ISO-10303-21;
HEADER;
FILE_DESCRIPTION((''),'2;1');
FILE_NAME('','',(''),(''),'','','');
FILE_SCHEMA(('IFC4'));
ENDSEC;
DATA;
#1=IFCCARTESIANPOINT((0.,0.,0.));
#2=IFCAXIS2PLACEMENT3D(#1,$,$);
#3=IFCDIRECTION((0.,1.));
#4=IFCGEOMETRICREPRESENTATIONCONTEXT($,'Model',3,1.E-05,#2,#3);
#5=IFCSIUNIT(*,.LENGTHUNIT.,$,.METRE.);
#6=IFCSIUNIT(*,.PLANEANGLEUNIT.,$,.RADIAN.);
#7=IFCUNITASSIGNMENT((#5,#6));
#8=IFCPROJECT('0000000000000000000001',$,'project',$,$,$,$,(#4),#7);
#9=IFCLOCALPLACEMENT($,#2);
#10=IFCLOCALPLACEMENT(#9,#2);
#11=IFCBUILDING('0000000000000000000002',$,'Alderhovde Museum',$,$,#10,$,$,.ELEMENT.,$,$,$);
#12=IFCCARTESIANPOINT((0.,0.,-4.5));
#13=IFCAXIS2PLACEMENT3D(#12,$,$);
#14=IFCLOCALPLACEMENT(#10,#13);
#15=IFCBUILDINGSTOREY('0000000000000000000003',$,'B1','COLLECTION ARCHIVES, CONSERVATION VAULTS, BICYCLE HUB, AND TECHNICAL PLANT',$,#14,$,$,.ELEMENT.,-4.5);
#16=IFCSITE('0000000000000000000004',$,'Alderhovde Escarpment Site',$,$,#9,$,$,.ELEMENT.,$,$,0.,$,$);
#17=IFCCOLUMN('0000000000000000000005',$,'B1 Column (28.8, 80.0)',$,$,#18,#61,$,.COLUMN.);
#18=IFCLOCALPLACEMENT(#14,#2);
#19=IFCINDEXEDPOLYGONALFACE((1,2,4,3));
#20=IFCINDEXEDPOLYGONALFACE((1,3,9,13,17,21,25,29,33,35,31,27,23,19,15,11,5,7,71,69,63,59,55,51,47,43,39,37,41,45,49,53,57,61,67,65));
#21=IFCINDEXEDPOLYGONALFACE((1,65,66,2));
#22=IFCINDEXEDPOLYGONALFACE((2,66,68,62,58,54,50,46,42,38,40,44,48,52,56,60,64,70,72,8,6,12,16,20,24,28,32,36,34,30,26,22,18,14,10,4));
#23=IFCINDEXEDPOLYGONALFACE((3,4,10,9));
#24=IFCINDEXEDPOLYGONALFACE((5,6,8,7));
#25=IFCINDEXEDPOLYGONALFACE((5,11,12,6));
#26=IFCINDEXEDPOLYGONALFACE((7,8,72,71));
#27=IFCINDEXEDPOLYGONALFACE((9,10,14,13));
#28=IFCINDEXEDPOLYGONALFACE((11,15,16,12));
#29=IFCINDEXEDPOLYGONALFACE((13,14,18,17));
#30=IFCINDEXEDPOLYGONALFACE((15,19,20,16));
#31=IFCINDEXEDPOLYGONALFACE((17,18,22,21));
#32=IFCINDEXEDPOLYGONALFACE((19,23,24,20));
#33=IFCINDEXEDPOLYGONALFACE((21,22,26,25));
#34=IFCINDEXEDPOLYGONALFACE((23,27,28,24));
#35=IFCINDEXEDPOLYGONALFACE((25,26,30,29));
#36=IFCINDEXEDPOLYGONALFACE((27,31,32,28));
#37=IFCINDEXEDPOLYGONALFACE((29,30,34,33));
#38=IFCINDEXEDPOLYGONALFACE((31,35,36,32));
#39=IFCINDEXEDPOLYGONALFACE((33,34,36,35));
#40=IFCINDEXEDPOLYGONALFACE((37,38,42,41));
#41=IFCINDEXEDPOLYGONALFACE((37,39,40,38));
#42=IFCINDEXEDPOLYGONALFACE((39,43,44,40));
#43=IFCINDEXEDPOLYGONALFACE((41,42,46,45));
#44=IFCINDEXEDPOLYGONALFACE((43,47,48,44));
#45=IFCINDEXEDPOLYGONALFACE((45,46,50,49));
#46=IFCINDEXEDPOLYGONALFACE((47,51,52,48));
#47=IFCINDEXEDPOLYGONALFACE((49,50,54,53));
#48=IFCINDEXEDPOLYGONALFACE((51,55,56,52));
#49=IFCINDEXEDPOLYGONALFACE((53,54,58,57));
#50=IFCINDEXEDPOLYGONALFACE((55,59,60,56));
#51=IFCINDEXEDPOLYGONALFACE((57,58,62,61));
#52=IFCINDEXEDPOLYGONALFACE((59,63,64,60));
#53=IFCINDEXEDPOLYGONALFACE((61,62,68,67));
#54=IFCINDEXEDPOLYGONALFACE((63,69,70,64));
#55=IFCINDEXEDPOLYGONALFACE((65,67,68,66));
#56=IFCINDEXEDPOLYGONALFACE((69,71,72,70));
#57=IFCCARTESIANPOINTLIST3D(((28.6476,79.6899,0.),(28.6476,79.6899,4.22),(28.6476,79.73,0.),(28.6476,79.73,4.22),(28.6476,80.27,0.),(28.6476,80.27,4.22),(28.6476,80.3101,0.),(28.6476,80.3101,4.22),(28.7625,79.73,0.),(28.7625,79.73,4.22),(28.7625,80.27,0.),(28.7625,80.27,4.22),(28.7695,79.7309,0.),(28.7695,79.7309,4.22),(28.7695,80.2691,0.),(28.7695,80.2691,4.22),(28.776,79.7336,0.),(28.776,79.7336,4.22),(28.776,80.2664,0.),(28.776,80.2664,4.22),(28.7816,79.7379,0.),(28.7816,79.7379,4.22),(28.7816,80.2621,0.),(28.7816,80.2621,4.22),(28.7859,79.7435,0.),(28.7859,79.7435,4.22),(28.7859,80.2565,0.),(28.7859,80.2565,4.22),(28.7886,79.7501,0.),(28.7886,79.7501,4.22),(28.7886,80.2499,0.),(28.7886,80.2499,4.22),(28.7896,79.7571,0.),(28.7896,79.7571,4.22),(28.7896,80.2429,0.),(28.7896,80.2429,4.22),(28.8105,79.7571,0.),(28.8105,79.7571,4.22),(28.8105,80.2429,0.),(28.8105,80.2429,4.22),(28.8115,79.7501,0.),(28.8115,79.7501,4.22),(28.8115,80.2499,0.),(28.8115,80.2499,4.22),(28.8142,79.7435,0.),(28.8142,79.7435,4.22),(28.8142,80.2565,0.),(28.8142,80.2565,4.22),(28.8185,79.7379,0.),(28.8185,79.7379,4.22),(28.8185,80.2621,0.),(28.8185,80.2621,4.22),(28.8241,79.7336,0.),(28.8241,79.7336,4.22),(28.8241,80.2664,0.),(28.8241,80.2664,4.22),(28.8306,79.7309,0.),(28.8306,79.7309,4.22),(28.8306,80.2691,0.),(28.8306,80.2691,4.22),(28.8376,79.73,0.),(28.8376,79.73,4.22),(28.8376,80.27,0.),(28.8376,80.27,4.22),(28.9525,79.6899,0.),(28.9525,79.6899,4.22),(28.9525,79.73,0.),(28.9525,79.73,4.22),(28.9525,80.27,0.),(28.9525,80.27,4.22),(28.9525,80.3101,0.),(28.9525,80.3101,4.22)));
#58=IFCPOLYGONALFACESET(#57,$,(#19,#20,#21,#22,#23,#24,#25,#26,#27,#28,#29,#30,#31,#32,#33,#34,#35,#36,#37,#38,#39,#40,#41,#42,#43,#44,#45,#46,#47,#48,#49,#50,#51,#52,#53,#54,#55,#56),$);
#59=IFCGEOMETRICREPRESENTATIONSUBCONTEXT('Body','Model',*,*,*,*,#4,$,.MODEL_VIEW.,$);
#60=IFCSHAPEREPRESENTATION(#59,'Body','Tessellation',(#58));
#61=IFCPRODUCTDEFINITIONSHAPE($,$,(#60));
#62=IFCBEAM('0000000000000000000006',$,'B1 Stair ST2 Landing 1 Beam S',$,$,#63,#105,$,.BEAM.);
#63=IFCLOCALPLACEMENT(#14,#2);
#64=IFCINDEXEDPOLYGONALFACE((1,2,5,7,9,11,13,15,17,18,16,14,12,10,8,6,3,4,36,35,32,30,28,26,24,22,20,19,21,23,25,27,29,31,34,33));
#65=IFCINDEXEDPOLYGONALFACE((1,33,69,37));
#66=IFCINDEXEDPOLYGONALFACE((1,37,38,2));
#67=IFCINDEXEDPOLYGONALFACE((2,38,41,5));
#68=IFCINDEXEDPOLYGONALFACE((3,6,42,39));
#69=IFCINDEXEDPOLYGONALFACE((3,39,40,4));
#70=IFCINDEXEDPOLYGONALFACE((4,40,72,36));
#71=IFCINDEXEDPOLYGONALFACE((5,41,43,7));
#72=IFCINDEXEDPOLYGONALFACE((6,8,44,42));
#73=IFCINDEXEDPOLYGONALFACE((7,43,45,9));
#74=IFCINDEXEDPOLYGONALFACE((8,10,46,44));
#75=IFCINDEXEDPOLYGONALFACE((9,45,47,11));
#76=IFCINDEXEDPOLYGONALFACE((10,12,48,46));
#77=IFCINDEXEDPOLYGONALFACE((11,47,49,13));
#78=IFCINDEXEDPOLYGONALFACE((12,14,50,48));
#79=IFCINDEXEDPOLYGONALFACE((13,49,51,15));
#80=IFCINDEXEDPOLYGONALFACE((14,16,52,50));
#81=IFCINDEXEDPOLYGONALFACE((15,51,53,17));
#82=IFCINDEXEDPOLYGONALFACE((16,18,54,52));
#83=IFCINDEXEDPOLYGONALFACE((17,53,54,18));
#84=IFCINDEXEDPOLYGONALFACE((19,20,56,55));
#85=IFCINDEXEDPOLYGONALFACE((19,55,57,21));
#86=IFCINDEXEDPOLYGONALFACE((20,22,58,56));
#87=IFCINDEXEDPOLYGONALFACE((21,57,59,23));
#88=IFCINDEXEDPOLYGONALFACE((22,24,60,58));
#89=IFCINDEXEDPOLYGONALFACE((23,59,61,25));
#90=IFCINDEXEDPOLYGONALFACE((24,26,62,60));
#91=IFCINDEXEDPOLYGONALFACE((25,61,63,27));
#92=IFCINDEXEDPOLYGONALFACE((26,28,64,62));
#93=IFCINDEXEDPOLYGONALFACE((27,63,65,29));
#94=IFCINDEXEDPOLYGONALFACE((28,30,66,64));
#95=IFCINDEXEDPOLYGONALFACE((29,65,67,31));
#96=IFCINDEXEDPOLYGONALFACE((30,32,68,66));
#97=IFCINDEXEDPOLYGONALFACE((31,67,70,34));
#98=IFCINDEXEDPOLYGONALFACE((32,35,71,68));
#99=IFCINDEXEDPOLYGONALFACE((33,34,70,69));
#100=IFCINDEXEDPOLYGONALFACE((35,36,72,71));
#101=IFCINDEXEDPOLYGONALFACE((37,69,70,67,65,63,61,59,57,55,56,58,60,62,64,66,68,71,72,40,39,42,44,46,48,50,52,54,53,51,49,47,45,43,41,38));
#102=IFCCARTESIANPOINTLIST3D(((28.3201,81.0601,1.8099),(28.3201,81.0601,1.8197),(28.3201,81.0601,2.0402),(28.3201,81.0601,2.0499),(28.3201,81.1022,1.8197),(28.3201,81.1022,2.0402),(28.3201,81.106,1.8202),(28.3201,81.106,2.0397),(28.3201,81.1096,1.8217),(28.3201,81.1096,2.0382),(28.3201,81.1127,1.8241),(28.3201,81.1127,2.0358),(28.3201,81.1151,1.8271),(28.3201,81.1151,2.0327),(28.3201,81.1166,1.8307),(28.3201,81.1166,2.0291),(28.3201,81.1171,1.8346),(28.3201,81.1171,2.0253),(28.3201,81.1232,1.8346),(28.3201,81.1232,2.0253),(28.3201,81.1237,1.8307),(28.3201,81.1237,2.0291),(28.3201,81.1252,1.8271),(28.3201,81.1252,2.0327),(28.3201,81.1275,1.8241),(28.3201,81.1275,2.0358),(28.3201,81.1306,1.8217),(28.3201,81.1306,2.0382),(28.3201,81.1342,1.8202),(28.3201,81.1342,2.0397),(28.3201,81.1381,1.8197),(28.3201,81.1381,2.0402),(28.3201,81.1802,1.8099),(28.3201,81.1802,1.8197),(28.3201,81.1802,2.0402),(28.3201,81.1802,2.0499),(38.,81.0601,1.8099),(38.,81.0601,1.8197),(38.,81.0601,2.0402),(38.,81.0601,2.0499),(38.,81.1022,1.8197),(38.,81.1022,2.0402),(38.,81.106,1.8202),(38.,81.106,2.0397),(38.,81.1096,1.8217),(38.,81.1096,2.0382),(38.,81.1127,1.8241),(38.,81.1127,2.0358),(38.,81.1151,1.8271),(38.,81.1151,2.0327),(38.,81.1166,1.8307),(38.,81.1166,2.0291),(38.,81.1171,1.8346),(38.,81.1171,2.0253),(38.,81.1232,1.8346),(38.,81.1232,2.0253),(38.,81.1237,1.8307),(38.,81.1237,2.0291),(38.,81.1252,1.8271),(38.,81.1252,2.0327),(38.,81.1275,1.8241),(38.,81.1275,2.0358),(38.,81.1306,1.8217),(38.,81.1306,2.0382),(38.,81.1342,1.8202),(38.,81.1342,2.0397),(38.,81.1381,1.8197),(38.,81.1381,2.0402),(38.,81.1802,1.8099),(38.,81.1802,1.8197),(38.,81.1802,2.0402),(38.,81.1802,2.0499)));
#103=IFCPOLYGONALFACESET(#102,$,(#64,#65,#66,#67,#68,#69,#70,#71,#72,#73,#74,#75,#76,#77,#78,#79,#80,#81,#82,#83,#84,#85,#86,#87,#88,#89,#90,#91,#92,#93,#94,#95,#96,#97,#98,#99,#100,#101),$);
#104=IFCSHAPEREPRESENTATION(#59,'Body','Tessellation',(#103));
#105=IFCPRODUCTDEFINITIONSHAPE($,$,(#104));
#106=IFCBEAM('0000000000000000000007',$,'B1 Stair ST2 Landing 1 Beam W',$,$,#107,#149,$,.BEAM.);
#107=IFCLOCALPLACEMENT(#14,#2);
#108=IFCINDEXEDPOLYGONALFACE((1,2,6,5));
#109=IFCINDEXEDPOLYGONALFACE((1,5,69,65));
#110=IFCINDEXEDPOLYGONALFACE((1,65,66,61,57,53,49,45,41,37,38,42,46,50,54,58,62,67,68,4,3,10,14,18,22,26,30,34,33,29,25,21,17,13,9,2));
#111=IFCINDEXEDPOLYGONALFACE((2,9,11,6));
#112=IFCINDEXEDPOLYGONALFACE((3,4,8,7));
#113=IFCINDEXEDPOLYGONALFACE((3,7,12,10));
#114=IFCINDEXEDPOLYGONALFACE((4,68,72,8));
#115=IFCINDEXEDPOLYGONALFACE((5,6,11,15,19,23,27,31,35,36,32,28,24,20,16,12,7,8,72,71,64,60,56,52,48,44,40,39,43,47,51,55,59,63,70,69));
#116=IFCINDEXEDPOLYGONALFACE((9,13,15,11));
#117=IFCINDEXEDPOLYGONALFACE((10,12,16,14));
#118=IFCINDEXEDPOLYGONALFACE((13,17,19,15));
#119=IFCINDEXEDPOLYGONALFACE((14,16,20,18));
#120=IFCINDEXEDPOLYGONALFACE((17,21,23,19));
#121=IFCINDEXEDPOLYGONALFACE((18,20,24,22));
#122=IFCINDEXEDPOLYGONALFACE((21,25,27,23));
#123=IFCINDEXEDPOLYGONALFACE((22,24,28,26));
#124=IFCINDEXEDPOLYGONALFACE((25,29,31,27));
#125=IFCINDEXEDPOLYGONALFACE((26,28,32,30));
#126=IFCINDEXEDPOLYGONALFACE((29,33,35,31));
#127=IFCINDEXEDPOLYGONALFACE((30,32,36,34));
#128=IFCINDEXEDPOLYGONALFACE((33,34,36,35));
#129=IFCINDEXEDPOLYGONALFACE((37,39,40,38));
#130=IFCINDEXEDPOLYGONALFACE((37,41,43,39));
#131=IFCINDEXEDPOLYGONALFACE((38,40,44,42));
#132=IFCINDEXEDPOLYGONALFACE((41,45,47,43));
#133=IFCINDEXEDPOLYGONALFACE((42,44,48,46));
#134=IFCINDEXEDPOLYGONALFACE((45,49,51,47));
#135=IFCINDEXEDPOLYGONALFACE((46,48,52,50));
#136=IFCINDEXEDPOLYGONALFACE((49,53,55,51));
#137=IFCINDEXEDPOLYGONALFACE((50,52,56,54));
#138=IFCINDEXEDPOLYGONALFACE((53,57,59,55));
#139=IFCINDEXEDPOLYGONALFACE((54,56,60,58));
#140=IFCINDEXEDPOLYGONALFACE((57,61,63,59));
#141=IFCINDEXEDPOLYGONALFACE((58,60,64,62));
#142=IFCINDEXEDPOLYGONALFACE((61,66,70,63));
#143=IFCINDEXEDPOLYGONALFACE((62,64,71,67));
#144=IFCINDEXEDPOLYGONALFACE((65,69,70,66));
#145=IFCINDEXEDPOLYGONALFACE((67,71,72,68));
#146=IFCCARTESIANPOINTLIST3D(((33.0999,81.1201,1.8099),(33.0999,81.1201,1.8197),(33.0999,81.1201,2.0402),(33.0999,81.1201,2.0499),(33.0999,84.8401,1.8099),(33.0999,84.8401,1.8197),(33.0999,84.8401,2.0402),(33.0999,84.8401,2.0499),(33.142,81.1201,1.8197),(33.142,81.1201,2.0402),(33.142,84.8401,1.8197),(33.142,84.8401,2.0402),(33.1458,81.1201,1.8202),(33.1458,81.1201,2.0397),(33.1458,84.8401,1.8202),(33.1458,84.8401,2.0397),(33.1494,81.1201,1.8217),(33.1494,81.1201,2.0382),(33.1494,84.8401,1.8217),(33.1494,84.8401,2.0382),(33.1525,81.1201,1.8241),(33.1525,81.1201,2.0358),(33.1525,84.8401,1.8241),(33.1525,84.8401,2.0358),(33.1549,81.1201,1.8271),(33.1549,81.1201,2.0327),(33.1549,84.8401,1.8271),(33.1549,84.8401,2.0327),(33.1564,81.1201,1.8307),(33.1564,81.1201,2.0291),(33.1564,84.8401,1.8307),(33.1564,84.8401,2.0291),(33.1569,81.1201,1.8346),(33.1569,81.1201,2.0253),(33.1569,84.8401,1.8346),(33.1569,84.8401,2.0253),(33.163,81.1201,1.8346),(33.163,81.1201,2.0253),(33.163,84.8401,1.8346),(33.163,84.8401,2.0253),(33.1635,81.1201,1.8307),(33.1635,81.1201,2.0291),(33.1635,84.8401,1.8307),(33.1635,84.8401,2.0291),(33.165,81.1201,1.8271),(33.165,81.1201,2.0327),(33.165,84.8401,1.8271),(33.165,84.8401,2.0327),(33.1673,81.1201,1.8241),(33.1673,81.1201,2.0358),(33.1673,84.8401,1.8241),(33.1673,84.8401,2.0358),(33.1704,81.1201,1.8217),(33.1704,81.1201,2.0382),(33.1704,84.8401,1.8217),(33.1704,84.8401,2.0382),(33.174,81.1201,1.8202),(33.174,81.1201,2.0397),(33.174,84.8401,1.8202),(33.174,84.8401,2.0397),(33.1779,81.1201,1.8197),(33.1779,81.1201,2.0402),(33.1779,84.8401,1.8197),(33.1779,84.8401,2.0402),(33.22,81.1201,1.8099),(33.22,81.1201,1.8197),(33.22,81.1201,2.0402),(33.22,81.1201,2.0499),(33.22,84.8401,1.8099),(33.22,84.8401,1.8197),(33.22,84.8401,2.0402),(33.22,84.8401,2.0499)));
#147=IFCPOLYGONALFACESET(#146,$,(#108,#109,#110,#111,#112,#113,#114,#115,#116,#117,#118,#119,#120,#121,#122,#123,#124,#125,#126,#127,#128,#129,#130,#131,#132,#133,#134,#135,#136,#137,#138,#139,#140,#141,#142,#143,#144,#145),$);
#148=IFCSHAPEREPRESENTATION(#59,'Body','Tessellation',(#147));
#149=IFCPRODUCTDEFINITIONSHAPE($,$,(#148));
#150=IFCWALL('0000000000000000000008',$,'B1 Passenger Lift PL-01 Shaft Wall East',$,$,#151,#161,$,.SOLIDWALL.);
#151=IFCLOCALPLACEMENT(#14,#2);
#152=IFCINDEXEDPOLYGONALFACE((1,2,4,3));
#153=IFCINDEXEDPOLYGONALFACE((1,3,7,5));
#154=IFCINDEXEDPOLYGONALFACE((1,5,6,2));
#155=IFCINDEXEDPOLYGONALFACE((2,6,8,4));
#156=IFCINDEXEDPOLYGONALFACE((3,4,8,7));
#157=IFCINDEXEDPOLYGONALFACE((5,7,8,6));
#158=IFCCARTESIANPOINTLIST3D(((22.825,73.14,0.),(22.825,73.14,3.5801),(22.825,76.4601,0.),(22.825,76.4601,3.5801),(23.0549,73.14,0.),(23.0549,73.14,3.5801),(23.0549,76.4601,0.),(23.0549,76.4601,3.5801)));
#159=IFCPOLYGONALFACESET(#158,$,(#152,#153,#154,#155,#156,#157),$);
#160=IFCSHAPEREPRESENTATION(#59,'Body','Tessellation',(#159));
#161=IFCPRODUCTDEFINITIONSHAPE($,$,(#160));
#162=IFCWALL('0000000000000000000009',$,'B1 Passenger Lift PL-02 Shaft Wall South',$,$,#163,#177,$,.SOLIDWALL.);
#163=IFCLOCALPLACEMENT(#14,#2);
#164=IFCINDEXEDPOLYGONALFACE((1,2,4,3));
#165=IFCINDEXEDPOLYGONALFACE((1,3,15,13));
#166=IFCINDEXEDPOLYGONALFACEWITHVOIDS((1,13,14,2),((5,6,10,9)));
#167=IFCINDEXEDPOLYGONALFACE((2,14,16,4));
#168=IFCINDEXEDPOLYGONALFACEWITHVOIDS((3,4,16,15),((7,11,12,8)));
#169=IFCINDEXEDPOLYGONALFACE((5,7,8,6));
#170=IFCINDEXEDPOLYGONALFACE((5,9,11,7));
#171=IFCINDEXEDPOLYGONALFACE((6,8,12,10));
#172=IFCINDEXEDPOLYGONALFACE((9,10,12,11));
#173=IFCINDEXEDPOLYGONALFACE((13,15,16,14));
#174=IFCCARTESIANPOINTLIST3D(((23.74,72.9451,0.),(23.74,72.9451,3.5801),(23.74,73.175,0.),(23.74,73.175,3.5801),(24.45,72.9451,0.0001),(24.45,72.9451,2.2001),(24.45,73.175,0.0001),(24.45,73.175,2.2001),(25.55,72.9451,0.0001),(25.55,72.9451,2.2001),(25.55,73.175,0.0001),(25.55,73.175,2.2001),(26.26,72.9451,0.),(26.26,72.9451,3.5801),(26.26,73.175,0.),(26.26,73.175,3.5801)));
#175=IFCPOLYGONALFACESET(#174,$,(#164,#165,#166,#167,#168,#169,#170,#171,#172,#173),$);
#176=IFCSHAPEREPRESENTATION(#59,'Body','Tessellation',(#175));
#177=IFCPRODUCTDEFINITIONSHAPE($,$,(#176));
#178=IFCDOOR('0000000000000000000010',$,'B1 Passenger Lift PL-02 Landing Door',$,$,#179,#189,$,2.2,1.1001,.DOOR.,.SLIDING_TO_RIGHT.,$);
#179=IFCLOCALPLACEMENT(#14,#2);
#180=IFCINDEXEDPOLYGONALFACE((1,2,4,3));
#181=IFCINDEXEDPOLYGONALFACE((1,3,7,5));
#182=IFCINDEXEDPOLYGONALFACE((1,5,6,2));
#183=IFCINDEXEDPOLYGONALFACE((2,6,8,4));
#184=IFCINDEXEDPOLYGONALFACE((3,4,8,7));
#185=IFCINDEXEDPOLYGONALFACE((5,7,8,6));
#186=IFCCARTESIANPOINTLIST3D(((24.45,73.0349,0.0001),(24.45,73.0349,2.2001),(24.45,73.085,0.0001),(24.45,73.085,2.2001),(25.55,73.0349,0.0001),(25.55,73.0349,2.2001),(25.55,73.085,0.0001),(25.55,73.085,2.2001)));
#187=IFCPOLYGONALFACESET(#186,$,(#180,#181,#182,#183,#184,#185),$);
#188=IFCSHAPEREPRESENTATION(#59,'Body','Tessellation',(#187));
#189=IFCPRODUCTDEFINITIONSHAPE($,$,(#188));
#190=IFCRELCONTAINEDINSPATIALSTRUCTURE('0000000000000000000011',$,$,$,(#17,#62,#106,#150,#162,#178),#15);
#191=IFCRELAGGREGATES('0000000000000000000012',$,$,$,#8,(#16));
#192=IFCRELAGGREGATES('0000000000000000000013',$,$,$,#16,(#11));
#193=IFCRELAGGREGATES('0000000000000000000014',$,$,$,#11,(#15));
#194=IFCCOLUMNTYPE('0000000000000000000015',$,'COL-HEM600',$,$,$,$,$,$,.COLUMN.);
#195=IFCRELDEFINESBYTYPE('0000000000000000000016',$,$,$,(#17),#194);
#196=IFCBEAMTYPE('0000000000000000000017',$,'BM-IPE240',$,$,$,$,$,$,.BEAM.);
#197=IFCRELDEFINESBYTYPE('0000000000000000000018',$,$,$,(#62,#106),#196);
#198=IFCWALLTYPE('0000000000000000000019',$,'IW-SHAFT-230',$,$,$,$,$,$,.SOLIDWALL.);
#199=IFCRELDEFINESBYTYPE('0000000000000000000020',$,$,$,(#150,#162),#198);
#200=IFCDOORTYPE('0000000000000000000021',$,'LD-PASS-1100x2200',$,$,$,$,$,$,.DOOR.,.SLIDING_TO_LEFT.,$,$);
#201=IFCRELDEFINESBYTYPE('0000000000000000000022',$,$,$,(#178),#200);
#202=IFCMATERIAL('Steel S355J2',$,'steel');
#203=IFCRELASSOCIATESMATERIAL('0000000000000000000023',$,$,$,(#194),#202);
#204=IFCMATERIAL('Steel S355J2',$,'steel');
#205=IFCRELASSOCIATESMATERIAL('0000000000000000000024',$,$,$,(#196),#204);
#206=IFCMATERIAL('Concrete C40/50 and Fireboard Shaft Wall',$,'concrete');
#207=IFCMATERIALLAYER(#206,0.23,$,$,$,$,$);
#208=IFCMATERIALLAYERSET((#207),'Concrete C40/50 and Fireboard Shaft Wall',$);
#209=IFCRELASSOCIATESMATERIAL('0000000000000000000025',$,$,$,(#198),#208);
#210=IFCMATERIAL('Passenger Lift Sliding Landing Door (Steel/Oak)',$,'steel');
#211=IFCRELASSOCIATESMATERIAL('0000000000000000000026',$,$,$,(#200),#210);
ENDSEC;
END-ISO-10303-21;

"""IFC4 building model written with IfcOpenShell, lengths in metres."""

from ifc_helpers import new_model, si_unit, direction, frame, frame_2d, origin, origin_2d, place, context, subcontext, project, spatial, rectangle, i_section, extrude, material, layer, layer_set, material_profile, profile_set, type_object, element, fill, save


model = new_model("IFC4")

# Units and contexts
model_context = context("Model", 3, precision=1e-05, world=origin(), true_north=direction((0.0, 1.0)))
body_context = subcontext(model_context, "Body", "Model", "MODEL_VIEW")
ifc_project = project(units=[si_unit("LENGTHUNIT", "METRE"), si_unit("PLANEANGLEUNIT", "RADIAN")], contexts=[model_context])

# Site, building, storey
site_placement = place(None, origin())
site = spatial("IfcSite", under=ifc_project, at=site_placement, Name="Alderhovde Escarpment Site", CompositionType="ELEMENT", RefElevation=0.0)
building_placement = place(site_placement, origin())
building = spatial("IfcBuilding", under=site, at=building_placement, Name="Alderhovde Museum", CompositionType="ELEMENT")
storey_placement = place(building_placement, frame((0.0, 0.0, -4.5)))
storey = spatial("IfcBuildingStorey", under=building, at=storey_placement, Name="B1", Description="COLLECTION ARCHIVES, CONSERVATION VAULTS, BICYCLE HUB, AND TECHNICAL PLANT", CompositionType="ELEMENT", Elevation=-4.5)

# Column
ifc_material_1 = material(Name="Steel S355J2", Category="steel")
ifc_material_profile_1 = material_profile(ifc_material_1, i_section(OverallWidth=0.3049, OverallDepth=0.6201, WebThickness=0.021, FlangeThickness=0.04, FilletRadius=0.0271, at=origin_2d()), Name="HEM 600")
ifc_profile_set_1 = profile_set([ifc_material_profile_1], Name="Steel S355J2")
column_type_1 = type_object("IfcColumnType", Name="COL-HEM600", PredefinedType="COLUMN", material=ifc_profile_set_1)
column_placement = place(storey_placement, frame((28.8, 80.0, 0.0), z_axis=(0.0, 0.0, 1.0), x_axis=(1.0, 0.0, 0.0)))
element("IfcColumn", 1, at=column_placement, inside=storey, type_object=column_type_1, Name="B1 Column (28.8, 80.0)", PredefinedType="COLUMN", context=body_context, shape_type="SweptSolid", body=[
    extrude(i_section(OverallWidth=0.3049, OverallDepth=0.6201, WebThickness=0.021, FlangeThickness=0.04, FilletRadius=0.0271, at=origin_2d()), origin(), (0.0, 0.0, 1.0), 4.22),
])

# Beams
ifc_material_2 = material(Name="Steel S355J2", Category="steel")
ifc_material_profile_2 = material_profile(ifc_material_2, i_section(OverallWidth=0.1201, OverallDepth=0.24, WebThickness=0.0061, FlangeThickness=0.0098, FilletRadius=0.0149, at=origin_2d()), Name="IPE 240")
ifc_profile_set_2 = profile_set([ifc_material_profile_2], Name="Steel S355J2")
beam_type = type_object("IfcBeamType", Name="BM-IPE240", PredefinedType="BEAM", material=ifc_profile_set_2)
beam_1_placement = place(storey_placement, frame((28.3201, 81.1201, 1.9299), z_axis=(1.0, 0.0, 0.0), x_axis=(0.0, 1.0, 0.0)))
element("IfcBeam", 2, at=beam_1_placement, inside=storey, type_object=beam_type, Name="B1 Stair ST2 Landing 1 Beam S", PredefinedType="BEAM", context=body_context, shape_type="SweptSolid", body=[
    extrude(i_section(OverallWidth=0.1201, OverallDepth=0.24, WebThickness=0.0061, FlangeThickness=0.0098, FilletRadius=0.0149, at=origin_2d()), origin(), (0.0, 0.0, 1.0), 9.6799),
])
beam_2_placement = place(storey_placement, frame((33.1599, 81.1201, 1.9299), z_axis=(0.0, 1.0, 0.0), x_axis=(-1.0, 0.0, 0.0)))
element("IfcBeam", 3, at=beam_2_placement, inside=storey, type_object=beam_type, Name="B1 Stair ST2 Landing 1 Beam W", PredefinedType="BEAM", context=body_context, shape_type="SweptSolid", body=[
    extrude(i_section(OverallWidth=0.1201, OverallDepth=0.24, WebThickness=0.0061, FlangeThickness=0.0098, FilletRadius=0.0149, at=origin_2d()), origin(), (0.0, 0.0, 1.0), 3.72),
])

# Wall
ifc_material_3 = material(Name="Concrete C40/50 and Fireboard Shaft Wall", Category="concrete")
ifc_layer_1 = layer(ifc_material_3, 0.23)
ifc_layer_set_1 = layer_set([ifc_layer_1], Name="Concrete C40/50 and Fireboard Shaft Wall")
wall_type_1 = type_object("IfcWallType", Name="IW-SHAFT-230", PredefinedType="SOLIDWALL", material=ifc_layer_set_1)
wall_1_placement = place(storey_placement, frame((22.9399, 73.1399, 0.0), z_axis=(0.0, 0.0, 1.0), x_axis=(0.0, 1.0, 0.0)))
element("IfcWall", 4, at=wall_1_placement, inside=storey, type_object=wall_type_1, Name="B1 Passenger Lift PL-01 Shaft Wall East", PredefinedType="SOLIDWALL", context=body_context, shape_type="SweptSolid", body=[
    extrude(rectangle(XDim=3.3201, YDim=0.23, at=frame_2d((1.6602, 0.0))), origin(), (0.0, 0.0, 1.0), 3.5801),
])

# Wall, opening, door
wall_2_placement = place(storey_placement, frame((23.74, 73.0601, 0.0), z_axis=(0.0, 0.0, 1.0), x_axis=(1.0, 0.0, 0.0)))
wall_2 = element("IfcWall", 5, at=wall_2_placement, inside=storey, type_object=wall_type_1, Name="B1 Passenger Lift PL-02 Shaft Wall South", PredefinedType="SOLIDWALL", context=body_context, shape_type="SweptSolid", body=[
    extrude(rectangle(XDim=2.52, YDim=0.23, at=frame_2d((1.26, 0.0))), origin(), (0.0, 0.0, 1.0), 3.5801),
])
opening_1_placement = place(wall_2_placement, frame((0.71, 0.0, 0.0)))
opening_1 = element("IfcOpeningElement", 6, at=opening_1_placement, cuts=wall_2, PredefinedType="OPENING", context=body_context, shape_type="SweptSolid", body=[
    extrude(rectangle(XDim=1.1001, YDim=2.2, at=frame_2d((0.55, 1.1001))), frame((0.0, 0.125, 0.0), z_axis=(0.0, -1.0, 0.0), x_axis=(1.0, 0.0, 0.0)), (0.0, 0.0, 1.0), 0.25),
])
ifc_material_4 = material(Name="Passenger Lift Sliding Landing Door (Steel/Oak)", Category="steel")
door_type_1 = type_object("IfcDoorType", Name="LD-PASS-1100x2200", OperationType="SLIDING_TO_LEFT", PredefinedType="DOOR", material=ifc_material_4)
door_1_placement = place(opening_1_placement, origin())
door_1 = element("IfcDoor", 7, at=door_1_placement, inside=storey, type_object=door_type_1, Name="B1 Passenger Lift PL-02 Landing Door", OperationType="SLIDING_TO_RIGHT", OverallHeight=2.2, OverallWidth=1.1001, PredefinedType="DOOR", context=body_context, shape_type="SweptSolid", body=[
    extrude(rectangle(XDim=1.1001, YDim=2.2, at=frame_2d((0.55, 1.1001))), frame((0.0, 0.0249, 0.0), z_axis=(0.0, -1.0, 0.0), x_axis=(1.0, 0.0, 0.0)), (0.0, 0.0, 1.0), 0.05),
])
fill(opening_1, door_1)

save(model, "model.ifc")
